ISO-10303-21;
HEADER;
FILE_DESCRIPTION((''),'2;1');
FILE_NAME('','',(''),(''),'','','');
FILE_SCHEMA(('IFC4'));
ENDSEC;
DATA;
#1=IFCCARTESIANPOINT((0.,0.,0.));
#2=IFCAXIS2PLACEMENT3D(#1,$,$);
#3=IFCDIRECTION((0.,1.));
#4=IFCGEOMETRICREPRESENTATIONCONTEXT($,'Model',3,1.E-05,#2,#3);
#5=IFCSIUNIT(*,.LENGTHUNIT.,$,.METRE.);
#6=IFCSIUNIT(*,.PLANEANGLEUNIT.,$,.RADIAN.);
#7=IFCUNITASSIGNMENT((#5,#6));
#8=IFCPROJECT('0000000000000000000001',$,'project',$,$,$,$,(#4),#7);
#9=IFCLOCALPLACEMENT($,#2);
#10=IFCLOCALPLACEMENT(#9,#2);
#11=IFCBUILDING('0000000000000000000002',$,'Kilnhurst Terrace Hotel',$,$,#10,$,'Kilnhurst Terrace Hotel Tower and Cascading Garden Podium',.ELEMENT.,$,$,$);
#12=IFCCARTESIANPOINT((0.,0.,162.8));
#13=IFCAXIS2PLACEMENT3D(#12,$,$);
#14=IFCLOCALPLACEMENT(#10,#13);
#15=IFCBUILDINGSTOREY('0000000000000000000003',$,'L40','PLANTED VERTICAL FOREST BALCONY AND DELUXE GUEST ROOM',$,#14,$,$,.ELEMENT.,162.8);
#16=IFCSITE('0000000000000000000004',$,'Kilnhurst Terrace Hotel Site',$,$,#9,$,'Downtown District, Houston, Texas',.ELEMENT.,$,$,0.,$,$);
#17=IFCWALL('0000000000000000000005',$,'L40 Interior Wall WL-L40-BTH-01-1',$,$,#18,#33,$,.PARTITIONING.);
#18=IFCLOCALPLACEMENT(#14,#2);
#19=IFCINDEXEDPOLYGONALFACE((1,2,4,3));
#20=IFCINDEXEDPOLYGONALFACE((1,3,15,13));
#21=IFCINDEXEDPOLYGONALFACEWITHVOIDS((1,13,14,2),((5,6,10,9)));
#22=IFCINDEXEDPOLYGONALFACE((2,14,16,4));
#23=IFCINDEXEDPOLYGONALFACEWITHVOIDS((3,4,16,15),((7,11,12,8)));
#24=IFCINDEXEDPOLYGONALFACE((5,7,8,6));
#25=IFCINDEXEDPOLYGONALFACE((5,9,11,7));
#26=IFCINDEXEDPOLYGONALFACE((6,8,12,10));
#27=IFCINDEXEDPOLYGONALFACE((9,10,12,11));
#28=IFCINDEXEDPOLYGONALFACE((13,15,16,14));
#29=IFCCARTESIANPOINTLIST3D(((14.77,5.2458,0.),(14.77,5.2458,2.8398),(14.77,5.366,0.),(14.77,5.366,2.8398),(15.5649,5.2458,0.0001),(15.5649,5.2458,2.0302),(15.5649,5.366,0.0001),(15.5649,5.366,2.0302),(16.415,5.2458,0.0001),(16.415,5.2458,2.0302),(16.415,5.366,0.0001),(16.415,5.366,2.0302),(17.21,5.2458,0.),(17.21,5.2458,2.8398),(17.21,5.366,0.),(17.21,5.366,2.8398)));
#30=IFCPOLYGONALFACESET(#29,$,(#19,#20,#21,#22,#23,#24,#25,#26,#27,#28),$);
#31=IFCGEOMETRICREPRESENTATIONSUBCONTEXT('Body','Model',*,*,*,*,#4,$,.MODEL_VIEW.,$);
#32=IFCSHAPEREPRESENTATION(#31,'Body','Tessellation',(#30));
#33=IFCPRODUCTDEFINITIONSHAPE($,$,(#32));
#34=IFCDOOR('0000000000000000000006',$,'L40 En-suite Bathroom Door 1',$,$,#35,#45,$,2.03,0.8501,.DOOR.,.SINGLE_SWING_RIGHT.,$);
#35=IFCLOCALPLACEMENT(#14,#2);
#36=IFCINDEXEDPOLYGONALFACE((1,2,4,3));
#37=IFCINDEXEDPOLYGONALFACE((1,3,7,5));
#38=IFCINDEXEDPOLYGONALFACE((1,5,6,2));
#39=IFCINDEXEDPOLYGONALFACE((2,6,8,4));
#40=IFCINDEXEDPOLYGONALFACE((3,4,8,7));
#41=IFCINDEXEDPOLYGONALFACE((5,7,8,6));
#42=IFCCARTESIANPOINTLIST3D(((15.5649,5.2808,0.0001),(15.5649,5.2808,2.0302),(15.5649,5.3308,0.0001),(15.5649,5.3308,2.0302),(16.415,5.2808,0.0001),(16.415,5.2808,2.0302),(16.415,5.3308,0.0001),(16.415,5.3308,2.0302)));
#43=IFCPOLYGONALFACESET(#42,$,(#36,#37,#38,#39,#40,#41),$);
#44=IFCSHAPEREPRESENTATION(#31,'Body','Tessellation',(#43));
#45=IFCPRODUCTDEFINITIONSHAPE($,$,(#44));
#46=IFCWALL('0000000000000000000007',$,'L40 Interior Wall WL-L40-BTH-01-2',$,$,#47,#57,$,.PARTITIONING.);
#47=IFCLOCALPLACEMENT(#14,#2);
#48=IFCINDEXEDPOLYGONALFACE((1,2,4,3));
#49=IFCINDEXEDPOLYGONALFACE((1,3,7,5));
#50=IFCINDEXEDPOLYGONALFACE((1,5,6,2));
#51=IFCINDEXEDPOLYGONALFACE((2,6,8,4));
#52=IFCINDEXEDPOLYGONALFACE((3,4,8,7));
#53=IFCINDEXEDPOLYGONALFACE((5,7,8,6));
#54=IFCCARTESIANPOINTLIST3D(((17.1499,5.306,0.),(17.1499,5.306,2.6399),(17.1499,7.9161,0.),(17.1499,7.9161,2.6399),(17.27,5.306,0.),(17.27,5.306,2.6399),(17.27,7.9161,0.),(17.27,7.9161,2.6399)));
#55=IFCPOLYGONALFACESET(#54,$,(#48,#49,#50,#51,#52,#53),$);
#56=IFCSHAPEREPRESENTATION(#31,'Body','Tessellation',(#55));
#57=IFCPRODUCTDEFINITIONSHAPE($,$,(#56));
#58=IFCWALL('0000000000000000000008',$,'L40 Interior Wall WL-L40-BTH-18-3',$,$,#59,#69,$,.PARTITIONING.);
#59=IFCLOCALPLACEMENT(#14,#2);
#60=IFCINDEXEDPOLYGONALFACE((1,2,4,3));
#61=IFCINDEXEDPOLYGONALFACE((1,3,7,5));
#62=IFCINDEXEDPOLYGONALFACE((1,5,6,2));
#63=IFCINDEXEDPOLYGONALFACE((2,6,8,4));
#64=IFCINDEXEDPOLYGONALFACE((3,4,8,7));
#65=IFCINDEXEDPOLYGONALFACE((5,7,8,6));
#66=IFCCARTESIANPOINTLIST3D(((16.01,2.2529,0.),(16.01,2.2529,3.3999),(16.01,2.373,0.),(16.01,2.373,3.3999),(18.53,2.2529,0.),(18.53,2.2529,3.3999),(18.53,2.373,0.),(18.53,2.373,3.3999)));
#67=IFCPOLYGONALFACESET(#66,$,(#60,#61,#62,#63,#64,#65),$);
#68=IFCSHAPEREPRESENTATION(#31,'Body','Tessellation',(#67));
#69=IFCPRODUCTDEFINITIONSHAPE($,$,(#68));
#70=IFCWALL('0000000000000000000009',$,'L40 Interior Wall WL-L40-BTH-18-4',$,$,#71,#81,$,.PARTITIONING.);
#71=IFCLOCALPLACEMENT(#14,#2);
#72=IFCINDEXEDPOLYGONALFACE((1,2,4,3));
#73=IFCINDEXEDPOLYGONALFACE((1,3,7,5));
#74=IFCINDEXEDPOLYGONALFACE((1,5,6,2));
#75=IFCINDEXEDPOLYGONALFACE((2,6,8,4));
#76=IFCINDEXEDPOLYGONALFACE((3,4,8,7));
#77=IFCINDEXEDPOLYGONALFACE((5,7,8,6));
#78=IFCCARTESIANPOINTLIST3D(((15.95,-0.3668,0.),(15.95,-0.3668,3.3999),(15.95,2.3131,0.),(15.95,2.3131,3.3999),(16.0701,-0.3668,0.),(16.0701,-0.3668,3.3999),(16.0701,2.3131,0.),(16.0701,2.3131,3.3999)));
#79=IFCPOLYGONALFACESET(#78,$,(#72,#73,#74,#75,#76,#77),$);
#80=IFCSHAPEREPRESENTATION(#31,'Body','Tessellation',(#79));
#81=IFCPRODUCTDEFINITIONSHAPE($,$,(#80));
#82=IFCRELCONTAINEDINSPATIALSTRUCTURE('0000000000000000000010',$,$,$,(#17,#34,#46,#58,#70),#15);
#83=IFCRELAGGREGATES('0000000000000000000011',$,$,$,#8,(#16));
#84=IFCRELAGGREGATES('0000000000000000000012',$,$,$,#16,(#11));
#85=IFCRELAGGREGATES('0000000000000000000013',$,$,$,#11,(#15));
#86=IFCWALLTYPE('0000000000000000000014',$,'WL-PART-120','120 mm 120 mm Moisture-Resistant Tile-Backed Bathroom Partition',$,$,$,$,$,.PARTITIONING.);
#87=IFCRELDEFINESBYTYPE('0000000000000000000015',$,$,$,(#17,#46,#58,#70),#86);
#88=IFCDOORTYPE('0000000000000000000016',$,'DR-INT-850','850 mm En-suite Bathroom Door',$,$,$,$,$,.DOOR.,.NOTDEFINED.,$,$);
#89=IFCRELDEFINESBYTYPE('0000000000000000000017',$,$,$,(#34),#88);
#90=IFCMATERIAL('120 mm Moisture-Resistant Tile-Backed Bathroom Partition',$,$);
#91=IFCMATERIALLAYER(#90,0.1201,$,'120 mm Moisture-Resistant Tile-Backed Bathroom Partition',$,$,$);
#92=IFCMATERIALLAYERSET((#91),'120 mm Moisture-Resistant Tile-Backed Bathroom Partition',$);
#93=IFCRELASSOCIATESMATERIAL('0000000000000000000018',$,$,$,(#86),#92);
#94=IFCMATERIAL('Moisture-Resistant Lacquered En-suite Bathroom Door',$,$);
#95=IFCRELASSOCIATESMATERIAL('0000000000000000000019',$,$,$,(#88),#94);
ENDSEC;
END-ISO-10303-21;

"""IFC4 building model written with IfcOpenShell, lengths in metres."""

from ifc_helpers import new_model, si_unit, direction, frame, frame_2d, origin, place, context, subcontext, project, spatial, rectangle, extrude, material, layer, layer_set, type_object, element, fill, save


model = new_model("IFC4")

# Units and contexts
model_context = context("Model", 3, precision=1e-05, world=origin(), true_north=direction((0.0, 1.0)))
body_context = subcontext(model_context, "Body", "Model", "MODEL_VIEW")
ifc_project = project(units=[si_unit("LENGTHUNIT", "METRE"), si_unit("PLANEANGLEUNIT", "RADIAN")], contexts=[model_context])

# Site, building, storey
site_placement = place(None, origin())
site = spatial("IfcSite", under=ifc_project, at=site_placement, Name="Kilnhurst Terrace Hotel Site", LongName="Downtown District, Houston, Texas", CompositionType="ELEMENT", RefElevation=0.0)
building_placement = place(site_placement, origin())
building = spatial("IfcBuilding", under=site, at=building_placement, Name="Kilnhurst Terrace Hotel", LongName="Kilnhurst Terrace Hotel Tower and Cascading Garden Podium", CompositionType="ELEMENT")
storey_placement = place(building_placement, frame((0.0, 0.0, 162.8)))
storey = spatial("IfcBuildingStorey", under=building, at=storey_placement, Name="L40", Description="PLANTED VERTICAL FOREST BALCONY AND DELUXE GUEST ROOM", CompositionType="ELEMENT", Elevation=162.8)

# Wall, opening, door
ifc_material_1 = material(Name="120 mm Moisture-Resistant Tile-Backed Bathroom Partition")
ifc_layer_1 = layer(ifc_material_1, 0.1201, Name="120 mm Moisture-Resistant Tile-Backed Bathroom Partition")
ifc_layer_set_1 = layer_set([ifc_layer_1], Name="120 mm Moisture-Resistant Tile-Backed Bathroom Partition")
wall_type_1 = type_object("IfcWallType", Name="WL-PART-120", Description="120 mm 120 mm Moisture-Resistant Tile-Backed Bathroom Partition", PredefinedType="PARTITIONING", material=ifc_layer_set_1)
wall_1_placement = place(storey_placement, frame((14.77, 5.3059, 0.0), z_axis=(0.0, 0.0, 1.0), x_axis=(1.0, 0.0, 0.0)))
wall_1 = element("IfcWall", 1, at=wall_1_placement, inside=storey, type_object=wall_type_1, Name="L40 Interior Wall WL-L40-BTH-01-1", PredefinedType="PARTITIONING", context=body_context, shape_type="SweptSolid", body=[
    extrude(rectangle(XDim=2.4399, YDim=0.1201, at=frame_2d((1.22, 0.0))), origin(), (0.0, 0.0, 1.0), 2.8398),
])
opening_1_placement = place(wall_1_placement, frame((0.7949, 0.0, 0.0)))
opening_1 = element("IfcOpeningElement", 2, at=opening_1_placement, cuts=wall_1, PredefinedType="OPENING", context=body_context, shape_type="SweptSolid", body=[
    extrude(rectangle(XDim=0.8501, YDim=2.03, at=frame_2d((0.425, 1.0151))), frame((0.0, 0.0701, 0.0), z_axis=(0.0, -1.0, 0.0), x_axis=(1.0, 0.0, 0.0)), (0.0, 0.0, 1.0), 0.1401),
])
ifc_material_2 = material(Name="Moisture-Resistant Lacquered En-suite Bathroom Door")
door_type_1 = type_object("IfcDoorType", Name="DR-INT-850", Description="850 mm En-suite Bathroom Door", OperationType="NOTDEFINED", PredefinedType="DOOR", material=ifc_material_2)
door_1_placement = place(opening_1_placement, origin())
door_1 = element("IfcDoor", 3, at=door_1_placement, inside=storey, type_object=door_type_1, Name="L40 En-suite Bathroom Door 1", OperationType="SINGLE_SWING_RIGHT", OverallHeight=2.03, OverallWidth=0.8501, PredefinedType="DOOR", context=body_context, shape_type="SweptSolid", body=[
    extrude(rectangle(XDim=0.8501, YDim=2.03, at=frame_2d((0.425, 1.0151))), frame((0.0, 0.0249, 0.0), z_axis=(0.0, -1.0, 0.0), x_axis=(1.0, 0.0, 0.0)), (0.0, 0.0, 1.0), 0.05),
])
fill(opening_1, door_1)

# Walls
wall_2_placement = place(storey_placement, frame((17.21, 5.3059, 0.0), z_axis=(0.0, 0.0, 1.0), x_axis=(0.0, 1.0, 0.0)))
element("IfcWall", 4, at=wall_2_placement, inside=storey, type_object=wall_type_1, Name="L40 Interior Wall WL-L40-BTH-01-2", PredefinedType="PARTITIONING", context=body_context, shape_type="SweptSolid", body=[
    extrude(rectangle(XDim=2.6101, YDim=0.1201, at=frame_2d((1.3052, 0.0))), origin(), (0.0, 0.0, 1.0), 2.6399),
])
wall_3_placement = place(storey_placement, frame((18.53, 2.313, 0.0), z_axis=(0.0, 0.0, 1.0), x_axis=(-1.0, 0.0, 0.0)))
element("IfcWall", 5, at=wall_3_placement, inside=storey, type_object=wall_type_1, Name="L40 Interior Wall WL-L40-BTH-18-3", PredefinedType="PARTITIONING", context=body_context, shape_type="SweptSolid", body=[
    extrude(rectangle(XDim=2.52, YDim=0.1201, at=frame_2d((1.26, 0.0))), origin(), (0.0, 0.0, 1.0), 3.3999),
])
wall_4_placement = place(storey_placement, frame((16.01, 2.313, 0.0), z_axis=(0.0, 0.0, 1.0), x_axis=(0.0, -1.0, 0.0)))
element("IfcWall", 6, at=wall_4_placement, inside=storey, type_object=wall_type_1, Name="L40 Interior Wall WL-L40-BTH-18-4", PredefinedType="PARTITIONING", context=body_context, shape_type="SweptSolid", body=[
    extrude(rectangle(XDim=2.6799, YDim=0.1201, at=frame_2d((1.3398, 0.0))), origin(), (0.0, 0.0, 1.0), 3.3999),
])

save(model, "model.ifc")
